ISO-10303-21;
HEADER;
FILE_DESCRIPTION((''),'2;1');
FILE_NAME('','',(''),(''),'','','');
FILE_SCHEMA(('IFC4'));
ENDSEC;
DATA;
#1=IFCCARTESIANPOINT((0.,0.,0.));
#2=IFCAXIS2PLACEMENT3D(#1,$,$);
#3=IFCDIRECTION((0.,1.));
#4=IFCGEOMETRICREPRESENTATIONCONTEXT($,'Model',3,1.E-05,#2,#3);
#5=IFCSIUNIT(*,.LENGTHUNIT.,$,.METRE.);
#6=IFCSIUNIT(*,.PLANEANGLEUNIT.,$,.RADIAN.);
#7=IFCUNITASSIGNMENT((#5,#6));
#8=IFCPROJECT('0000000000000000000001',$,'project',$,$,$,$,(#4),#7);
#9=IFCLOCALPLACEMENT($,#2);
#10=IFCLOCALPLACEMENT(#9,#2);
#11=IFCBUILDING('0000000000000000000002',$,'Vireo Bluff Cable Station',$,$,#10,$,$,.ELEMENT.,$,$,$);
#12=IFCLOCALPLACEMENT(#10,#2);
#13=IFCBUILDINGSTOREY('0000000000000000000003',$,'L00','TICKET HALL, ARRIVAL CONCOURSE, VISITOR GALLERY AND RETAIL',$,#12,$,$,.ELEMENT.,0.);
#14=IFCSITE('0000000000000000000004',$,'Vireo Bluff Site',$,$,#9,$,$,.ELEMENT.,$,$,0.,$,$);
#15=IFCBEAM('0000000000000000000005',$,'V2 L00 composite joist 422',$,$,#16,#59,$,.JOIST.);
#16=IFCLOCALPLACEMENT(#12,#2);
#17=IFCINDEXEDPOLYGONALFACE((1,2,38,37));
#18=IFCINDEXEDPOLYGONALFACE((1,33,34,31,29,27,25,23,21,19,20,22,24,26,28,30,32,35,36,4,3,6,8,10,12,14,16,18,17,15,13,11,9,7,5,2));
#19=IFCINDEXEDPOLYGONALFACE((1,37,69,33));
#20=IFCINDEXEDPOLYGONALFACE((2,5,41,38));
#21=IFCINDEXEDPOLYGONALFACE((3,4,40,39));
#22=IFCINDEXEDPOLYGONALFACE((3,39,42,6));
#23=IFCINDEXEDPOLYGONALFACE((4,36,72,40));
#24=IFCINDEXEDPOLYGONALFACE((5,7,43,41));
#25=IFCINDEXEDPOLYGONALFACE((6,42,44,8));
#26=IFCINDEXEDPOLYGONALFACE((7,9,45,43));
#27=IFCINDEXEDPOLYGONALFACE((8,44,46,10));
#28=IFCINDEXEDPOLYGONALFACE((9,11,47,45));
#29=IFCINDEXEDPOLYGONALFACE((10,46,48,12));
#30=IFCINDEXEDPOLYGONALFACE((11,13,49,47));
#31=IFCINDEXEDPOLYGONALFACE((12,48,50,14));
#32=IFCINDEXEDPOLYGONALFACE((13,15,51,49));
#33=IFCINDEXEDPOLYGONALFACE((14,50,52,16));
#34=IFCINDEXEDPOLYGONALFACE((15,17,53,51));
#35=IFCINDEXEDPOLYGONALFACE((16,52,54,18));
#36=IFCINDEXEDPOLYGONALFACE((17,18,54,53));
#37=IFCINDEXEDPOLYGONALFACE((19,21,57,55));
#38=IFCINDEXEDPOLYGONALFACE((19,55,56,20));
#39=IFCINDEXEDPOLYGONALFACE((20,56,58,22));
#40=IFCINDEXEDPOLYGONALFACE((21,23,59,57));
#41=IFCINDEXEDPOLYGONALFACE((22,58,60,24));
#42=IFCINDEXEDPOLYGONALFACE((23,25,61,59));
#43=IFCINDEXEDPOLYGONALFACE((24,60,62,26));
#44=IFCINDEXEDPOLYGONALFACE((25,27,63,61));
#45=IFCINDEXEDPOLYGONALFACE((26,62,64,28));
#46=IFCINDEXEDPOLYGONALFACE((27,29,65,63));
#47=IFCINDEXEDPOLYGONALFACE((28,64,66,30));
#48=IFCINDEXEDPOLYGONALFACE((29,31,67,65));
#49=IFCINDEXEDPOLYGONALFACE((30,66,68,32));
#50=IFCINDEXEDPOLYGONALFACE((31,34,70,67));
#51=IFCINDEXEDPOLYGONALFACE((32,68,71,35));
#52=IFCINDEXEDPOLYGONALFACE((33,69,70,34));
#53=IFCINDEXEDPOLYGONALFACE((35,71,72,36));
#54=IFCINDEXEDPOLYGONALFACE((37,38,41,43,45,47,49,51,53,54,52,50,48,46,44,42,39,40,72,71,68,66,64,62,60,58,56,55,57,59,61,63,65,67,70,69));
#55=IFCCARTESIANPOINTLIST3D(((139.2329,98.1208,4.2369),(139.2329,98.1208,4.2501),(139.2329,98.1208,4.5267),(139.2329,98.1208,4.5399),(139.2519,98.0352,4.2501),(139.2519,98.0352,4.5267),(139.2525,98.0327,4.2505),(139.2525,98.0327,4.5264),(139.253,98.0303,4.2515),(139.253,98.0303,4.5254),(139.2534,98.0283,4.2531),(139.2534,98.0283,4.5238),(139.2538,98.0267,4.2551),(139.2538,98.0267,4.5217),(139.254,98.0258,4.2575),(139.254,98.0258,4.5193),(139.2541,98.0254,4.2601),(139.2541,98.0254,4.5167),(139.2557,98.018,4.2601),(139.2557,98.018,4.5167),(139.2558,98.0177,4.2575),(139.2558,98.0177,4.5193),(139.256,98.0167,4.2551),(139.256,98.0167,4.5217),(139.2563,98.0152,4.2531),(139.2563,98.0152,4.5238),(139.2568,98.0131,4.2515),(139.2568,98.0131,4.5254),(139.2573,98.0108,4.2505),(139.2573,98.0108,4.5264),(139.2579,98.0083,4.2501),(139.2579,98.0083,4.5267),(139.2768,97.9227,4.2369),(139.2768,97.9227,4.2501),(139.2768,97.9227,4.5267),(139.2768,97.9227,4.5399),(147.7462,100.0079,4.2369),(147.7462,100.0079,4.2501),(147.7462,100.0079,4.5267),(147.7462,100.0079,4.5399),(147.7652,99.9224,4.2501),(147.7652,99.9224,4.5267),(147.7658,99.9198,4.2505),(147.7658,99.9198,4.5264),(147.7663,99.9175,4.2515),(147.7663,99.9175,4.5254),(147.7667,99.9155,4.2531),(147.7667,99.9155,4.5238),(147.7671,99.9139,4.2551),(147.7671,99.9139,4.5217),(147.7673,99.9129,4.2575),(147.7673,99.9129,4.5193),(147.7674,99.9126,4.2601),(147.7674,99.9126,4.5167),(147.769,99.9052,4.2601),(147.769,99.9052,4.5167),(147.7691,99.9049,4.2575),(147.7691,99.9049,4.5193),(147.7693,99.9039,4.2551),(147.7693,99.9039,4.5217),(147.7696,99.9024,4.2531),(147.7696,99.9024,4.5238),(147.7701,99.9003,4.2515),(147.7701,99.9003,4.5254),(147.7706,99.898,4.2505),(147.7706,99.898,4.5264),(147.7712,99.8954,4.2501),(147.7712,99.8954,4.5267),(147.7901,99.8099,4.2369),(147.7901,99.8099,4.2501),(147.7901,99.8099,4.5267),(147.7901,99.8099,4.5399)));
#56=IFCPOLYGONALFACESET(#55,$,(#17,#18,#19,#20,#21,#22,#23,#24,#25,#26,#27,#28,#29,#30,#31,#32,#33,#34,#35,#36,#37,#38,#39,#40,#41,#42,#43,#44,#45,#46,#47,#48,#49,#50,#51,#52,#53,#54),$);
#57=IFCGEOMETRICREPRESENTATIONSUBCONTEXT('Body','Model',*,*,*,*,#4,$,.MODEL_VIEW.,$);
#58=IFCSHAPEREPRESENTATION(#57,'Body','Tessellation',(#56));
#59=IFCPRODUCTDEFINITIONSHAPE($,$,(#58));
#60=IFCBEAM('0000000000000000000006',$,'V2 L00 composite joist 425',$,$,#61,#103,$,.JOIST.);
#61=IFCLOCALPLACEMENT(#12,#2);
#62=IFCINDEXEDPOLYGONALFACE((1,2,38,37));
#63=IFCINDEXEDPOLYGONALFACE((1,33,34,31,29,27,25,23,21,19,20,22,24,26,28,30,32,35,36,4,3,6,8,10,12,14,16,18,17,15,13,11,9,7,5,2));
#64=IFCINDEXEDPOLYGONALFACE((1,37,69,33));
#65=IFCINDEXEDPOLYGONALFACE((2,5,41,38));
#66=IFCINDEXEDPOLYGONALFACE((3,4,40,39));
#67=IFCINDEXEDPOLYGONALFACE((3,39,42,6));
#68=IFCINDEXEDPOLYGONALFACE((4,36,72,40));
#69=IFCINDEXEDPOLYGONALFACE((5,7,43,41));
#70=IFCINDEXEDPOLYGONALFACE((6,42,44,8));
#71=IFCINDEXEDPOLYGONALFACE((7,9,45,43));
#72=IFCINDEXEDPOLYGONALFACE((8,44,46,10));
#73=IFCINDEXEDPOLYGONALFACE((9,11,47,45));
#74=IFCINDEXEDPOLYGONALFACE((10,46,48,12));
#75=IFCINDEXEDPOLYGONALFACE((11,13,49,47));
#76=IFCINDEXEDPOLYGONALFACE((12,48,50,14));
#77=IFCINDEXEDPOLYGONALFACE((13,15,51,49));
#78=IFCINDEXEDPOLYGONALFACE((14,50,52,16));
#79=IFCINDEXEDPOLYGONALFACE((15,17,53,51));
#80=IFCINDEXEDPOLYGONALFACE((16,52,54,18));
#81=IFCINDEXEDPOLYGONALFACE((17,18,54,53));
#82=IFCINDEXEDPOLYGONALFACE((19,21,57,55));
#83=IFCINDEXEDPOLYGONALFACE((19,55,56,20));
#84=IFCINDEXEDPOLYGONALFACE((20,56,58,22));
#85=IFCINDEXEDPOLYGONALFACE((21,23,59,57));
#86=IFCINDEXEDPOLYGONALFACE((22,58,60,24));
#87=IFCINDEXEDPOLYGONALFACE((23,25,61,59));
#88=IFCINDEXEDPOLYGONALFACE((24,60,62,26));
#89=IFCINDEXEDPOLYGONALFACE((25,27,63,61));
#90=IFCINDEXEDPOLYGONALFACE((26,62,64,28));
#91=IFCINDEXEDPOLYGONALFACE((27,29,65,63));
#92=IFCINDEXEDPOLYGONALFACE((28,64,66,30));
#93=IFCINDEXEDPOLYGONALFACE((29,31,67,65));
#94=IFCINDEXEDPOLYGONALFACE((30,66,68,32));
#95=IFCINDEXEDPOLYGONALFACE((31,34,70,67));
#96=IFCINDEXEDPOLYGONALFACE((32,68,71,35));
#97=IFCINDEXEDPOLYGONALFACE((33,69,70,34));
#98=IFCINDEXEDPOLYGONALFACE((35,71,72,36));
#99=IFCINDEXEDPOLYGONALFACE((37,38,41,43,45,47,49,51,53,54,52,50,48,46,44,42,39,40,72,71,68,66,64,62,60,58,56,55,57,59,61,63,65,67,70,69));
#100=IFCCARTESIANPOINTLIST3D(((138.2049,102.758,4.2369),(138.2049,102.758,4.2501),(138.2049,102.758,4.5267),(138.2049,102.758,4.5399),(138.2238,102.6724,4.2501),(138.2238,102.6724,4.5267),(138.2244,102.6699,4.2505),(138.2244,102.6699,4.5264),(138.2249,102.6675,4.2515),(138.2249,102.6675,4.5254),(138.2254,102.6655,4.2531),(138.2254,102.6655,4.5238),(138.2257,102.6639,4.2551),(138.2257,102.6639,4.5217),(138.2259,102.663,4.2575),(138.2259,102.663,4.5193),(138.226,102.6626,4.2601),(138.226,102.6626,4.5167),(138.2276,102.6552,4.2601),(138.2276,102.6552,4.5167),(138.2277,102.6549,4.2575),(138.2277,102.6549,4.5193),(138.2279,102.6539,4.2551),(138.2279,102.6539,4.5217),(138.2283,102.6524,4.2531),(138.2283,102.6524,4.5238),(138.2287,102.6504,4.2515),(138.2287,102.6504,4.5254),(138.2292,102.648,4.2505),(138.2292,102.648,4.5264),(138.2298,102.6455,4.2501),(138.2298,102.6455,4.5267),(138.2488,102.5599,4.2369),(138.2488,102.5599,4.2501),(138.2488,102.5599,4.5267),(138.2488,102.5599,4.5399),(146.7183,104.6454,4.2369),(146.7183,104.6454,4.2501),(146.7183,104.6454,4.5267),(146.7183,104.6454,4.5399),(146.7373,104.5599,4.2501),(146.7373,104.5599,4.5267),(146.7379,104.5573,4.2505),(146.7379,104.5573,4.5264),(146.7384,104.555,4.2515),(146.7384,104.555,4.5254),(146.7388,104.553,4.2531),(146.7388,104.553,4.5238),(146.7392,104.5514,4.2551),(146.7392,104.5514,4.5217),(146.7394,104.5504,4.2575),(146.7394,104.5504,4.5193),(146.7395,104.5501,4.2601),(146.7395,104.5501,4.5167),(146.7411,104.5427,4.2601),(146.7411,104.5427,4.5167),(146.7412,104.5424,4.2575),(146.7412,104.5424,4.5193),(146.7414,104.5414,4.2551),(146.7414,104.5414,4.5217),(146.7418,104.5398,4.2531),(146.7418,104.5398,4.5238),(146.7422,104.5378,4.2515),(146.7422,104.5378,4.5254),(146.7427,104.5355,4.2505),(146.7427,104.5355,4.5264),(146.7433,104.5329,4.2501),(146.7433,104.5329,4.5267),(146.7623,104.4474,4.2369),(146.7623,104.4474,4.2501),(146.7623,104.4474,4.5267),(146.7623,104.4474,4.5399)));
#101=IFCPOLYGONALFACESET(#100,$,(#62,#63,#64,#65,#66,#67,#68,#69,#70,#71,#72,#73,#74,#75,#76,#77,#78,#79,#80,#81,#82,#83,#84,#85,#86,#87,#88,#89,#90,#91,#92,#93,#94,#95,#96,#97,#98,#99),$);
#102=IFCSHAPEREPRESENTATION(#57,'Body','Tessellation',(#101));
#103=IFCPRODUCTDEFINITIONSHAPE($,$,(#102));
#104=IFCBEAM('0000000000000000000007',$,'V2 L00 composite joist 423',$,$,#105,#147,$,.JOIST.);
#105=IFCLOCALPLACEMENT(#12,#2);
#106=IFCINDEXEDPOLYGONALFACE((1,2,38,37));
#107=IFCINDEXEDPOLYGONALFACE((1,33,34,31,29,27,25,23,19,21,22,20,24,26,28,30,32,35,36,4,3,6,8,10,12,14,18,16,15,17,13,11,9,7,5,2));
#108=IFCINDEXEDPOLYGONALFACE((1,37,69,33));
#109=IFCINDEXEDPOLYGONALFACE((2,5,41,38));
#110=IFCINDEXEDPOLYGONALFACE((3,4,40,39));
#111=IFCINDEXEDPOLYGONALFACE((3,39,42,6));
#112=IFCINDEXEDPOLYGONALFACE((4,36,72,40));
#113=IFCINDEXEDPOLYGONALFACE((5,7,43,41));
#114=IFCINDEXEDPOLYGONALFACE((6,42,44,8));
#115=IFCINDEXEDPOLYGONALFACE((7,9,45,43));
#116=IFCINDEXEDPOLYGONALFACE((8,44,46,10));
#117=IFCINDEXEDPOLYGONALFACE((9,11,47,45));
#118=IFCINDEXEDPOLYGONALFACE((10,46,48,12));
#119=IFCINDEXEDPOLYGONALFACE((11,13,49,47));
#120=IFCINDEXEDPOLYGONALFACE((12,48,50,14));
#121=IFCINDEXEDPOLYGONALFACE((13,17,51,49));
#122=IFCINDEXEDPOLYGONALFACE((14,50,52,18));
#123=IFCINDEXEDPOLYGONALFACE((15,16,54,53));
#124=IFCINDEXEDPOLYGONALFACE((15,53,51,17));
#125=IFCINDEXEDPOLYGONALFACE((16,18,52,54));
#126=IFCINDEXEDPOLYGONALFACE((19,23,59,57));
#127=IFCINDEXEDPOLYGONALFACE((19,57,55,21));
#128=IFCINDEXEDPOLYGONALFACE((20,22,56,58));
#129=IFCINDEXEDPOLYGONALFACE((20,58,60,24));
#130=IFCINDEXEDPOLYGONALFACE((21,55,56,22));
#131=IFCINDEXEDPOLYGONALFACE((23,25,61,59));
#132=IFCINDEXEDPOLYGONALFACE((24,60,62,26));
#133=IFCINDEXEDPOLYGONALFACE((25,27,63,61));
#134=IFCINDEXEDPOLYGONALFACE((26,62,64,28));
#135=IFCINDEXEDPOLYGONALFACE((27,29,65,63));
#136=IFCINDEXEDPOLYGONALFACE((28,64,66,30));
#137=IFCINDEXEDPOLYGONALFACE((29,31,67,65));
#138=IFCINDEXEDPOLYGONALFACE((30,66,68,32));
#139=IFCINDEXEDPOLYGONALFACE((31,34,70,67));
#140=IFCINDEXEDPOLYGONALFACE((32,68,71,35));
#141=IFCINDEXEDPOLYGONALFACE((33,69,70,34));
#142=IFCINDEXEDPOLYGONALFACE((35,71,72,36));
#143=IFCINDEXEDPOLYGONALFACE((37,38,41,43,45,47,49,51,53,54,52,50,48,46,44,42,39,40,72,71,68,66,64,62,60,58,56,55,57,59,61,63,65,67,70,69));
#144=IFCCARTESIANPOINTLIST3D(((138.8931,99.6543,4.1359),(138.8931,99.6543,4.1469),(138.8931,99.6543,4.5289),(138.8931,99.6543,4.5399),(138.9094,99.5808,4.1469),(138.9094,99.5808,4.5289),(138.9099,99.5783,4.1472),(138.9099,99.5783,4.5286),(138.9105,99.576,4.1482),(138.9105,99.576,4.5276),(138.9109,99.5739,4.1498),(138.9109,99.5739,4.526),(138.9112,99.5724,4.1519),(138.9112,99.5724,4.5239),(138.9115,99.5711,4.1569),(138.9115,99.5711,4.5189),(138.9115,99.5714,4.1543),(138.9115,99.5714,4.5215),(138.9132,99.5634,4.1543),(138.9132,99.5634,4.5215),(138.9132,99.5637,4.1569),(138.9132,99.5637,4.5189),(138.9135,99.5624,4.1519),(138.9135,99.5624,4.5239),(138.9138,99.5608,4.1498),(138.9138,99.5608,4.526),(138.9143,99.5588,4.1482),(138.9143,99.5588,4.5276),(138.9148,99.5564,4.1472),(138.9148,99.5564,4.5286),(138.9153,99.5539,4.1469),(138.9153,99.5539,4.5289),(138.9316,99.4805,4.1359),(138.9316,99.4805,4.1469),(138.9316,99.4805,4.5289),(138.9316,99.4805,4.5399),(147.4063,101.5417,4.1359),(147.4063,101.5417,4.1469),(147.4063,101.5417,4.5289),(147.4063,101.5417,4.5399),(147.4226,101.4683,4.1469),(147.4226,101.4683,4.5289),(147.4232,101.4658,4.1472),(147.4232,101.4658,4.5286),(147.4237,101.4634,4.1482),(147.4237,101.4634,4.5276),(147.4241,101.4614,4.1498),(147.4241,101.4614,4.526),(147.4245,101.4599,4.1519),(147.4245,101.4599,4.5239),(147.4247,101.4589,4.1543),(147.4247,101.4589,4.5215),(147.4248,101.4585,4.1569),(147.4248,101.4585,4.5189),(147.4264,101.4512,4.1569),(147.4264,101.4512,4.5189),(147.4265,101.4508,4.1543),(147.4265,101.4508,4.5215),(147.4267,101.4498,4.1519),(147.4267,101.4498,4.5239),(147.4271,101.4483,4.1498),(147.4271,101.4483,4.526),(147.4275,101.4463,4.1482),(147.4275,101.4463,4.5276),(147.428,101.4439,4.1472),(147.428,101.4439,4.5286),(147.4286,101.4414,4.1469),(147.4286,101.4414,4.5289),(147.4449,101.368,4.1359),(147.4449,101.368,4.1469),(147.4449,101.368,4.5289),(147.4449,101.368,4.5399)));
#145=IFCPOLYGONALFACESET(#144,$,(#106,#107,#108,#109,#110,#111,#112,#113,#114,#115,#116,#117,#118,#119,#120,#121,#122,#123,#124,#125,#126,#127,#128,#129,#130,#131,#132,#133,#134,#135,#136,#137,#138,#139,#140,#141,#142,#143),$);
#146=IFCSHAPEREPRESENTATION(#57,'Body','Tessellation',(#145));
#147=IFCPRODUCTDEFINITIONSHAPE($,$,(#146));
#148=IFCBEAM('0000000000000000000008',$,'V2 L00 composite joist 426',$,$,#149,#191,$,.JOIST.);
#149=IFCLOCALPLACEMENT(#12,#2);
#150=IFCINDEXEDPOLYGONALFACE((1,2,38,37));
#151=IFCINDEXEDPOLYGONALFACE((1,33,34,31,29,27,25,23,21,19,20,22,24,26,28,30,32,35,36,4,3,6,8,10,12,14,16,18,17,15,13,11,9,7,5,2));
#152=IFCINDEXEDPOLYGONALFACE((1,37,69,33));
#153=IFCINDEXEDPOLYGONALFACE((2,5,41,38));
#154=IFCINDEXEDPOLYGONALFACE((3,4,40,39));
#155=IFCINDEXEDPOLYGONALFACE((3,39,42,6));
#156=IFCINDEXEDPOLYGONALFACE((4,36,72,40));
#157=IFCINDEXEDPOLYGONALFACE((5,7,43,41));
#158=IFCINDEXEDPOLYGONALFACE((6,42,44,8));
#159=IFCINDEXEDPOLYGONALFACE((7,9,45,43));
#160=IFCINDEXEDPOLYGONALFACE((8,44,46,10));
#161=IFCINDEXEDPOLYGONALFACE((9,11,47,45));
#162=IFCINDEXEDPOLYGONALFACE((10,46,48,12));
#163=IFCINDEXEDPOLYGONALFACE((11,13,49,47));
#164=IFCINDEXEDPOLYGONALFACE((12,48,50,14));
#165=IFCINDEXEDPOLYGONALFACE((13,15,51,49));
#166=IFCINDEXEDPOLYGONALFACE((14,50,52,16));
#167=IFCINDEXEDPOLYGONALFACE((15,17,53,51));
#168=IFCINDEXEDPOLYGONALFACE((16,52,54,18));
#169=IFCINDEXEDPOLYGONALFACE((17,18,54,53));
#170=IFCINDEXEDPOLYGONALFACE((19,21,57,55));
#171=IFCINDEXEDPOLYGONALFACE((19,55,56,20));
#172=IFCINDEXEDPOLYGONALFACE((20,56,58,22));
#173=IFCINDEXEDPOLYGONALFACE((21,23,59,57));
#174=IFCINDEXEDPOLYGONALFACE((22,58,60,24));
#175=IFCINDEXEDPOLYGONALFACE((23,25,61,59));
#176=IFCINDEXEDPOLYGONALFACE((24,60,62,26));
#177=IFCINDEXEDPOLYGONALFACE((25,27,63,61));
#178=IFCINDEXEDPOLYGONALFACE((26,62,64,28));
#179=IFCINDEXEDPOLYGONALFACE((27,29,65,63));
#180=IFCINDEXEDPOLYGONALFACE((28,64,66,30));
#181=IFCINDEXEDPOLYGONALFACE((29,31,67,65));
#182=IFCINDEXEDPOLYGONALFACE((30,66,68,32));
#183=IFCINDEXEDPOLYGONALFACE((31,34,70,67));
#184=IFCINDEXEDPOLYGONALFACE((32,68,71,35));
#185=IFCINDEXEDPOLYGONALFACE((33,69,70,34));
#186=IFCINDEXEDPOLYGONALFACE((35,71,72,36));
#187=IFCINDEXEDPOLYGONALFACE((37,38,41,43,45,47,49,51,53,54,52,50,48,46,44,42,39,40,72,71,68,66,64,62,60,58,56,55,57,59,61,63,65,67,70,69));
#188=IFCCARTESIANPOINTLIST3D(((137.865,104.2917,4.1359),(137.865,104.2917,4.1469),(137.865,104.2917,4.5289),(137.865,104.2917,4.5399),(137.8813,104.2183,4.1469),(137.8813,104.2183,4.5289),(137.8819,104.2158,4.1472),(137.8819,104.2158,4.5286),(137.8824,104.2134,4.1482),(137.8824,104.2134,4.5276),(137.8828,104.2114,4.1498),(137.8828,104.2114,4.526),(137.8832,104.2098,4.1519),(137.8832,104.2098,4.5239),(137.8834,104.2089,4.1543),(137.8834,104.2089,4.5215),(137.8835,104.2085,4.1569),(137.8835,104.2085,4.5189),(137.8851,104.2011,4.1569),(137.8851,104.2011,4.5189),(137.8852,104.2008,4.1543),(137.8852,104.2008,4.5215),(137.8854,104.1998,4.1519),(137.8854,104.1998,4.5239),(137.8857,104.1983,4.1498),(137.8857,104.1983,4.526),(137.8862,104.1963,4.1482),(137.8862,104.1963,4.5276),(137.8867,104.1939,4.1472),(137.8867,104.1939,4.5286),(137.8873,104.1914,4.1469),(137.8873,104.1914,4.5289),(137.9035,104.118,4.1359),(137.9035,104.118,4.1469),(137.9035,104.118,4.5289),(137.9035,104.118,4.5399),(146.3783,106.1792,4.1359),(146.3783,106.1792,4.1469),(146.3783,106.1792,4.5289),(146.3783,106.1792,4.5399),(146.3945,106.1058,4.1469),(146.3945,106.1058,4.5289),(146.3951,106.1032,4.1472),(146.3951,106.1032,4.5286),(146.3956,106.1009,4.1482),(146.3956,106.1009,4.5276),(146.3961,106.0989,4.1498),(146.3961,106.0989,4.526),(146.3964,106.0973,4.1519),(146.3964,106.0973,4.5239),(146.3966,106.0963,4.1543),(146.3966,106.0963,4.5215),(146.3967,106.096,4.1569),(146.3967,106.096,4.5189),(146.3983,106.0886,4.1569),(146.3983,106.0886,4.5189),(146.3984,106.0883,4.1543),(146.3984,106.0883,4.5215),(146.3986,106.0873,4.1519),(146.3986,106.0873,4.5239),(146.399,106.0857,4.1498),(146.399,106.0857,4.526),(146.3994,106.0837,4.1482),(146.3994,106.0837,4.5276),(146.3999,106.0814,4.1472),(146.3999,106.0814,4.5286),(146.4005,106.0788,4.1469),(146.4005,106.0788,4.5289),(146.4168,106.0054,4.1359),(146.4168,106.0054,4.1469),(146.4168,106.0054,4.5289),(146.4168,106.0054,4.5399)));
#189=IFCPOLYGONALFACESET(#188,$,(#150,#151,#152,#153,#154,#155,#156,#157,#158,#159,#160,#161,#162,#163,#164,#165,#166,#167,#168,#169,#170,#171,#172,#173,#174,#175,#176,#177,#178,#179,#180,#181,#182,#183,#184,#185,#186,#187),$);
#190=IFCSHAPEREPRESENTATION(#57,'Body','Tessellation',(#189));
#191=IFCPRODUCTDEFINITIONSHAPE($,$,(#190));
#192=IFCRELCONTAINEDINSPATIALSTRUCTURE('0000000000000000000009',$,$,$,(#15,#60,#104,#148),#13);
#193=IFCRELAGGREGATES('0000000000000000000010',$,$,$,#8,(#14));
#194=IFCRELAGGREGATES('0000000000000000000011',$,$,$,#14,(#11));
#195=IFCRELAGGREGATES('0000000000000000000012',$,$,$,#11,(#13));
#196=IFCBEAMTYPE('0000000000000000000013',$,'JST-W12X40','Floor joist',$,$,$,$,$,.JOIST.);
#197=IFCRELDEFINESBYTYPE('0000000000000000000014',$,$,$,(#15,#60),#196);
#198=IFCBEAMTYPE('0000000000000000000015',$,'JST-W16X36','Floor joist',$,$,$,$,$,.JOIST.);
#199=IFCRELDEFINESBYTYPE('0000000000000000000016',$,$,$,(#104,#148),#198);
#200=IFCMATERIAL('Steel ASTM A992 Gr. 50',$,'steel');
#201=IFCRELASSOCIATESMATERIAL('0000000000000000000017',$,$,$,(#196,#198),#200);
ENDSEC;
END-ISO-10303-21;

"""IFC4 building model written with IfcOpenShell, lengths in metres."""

from ifc_helpers import new_model, si_unit, direction, frame, origin, origin_2d, place, context, subcontext, project, spatial, i_section, extrude, material, material_profile, profile_set, type_object, element, save


model = new_model("IFC4")

# Units and contexts
model_context = context("Model", 3, precision=1e-05, world=origin(), true_north=direction((0.0, 1.0)))
body_context = subcontext(model_context, "Body", "Model", "MODEL_VIEW")
ifc_project = project(units=[si_unit("LENGTHUNIT", "METRE"), si_unit("PLANEANGLEUNIT", "RADIAN")], contexts=[model_context])

# Site, building, storey
site_placement = place(None, origin())
site = spatial("IfcSite", under=ifc_project, at=site_placement, Name="Vireo Bluff Site", CompositionType="ELEMENT", RefElevation=0.0)
building_placement = place(site_placement, origin())
building = spatial("IfcBuilding", under=site, at=building_placement, Name="Vireo Bluff Cable Station", CompositionType="ELEMENT")
storey_placement = place(building_placement, origin())
storey = spatial("IfcBuildingStorey", under=building, at=storey_placement, Name="L00", Description="TICKET HALL, ARRIVAL CONCOURSE, VISITOR GALLERY AND RETAIL", CompositionType="ELEMENT", Elevation=0.0)

# Shared definitions
ifc_material_1 = material(Name="Steel ASTM A992 Gr. 50", Category="steel")

# Beams
ifc_material_profile_1 = material_profile(ifc_material_1, i_section(OverallWidth=0.2029, OverallDepth=0.303, WebThickness=0.0076, FlangeThickness=0.0132, FilletRadius=0.01, at=origin_2d()), Name="W12X40")
ifc_profile_set_1 = profile_set([ifc_material_profile_1], Name="Steel ASTM A992 Gr. 50")
beam_type_1 = type_object("IfcBeamType", Name="JST-W12X40", Description="Floor joist", PredefinedType="JOIST", material=ifc_profile_set_1)
beam_1_placement = place(storey_placement, frame((139.2549, 98.0217, 4.3884), z_axis=(0.9763, 0.216421, 0.0), x_axis=(-0.216421, 0.9763, 0.0)))
element("IfcBeam", 1, at=beam_1_placement, inside=storey, type_object=beam_type_1, Name="V2 L00 composite joist 422", PredefinedType="JOIST", context=body_context, shape_type="SweptSolid", body=[
    extrude(i_section(OverallWidth=0.2029, OverallDepth=0.303, WebThickness=0.0076, FlangeThickness=0.0132, FilletRadius=0.01, at=origin_2d()), origin(), (0.0, 0.0, 1.0), 8.72),
])
beam_2_placement = place(storey_placement, frame((138.2268, 102.6589, 4.3884), z_axis=(0.976294, 0.216447, 0.0), x_axis=(-0.216447, 0.976294, 0.0)))
element("IfcBeam", 2, at=beam_2_placement, inside=storey, type_object=beam_type_1, Name="V2 L00 composite joist 425", PredefinedType="JOIST", context=body_context, shape_type="SweptSolid", body=[
    extrude(i_section(OverallWidth=0.2029, OverallDepth=0.303, WebThickness=0.0076, FlangeThickness=0.0132, FilletRadius=0.01, at=origin_2d()), origin(), (0.0, 0.0, 1.0), 8.7202),
])
ifc_material_profile_2 = material_profile(ifc_material_1, i_section(OverallWidth=0.178, OverallDepth=0.4041, WebThickness=0.0076, FlangeThickness=0.011, FilletRadius=0.01, at=origin_2d()), Name="W16X36")
ifc_profile_set_2 = profile_set([ifc_material_profile_2], Name="Steel ASTM A992 Gr. 50")
beam_type_2 = type_object("IfcBeamType", Name="JST-W16X36", Description="Floor joist", PredefinedType="JOIST", material=ifc_profile_set_2)
for number, where, z_axis, x_axis, name in (
    (3, (138.9124, 99.5674, 4.3379), (0.976293, 0.216453, 0.0), (-0.216453, 0.976293, 0.0), "V2 L00 composite joist 423"),
    (4, (137.8843, 104.2048, 4.3379), (0.976293, 0.216453, 0.0), (-0.216453, 0.976293, 0.0), "V2 L00 composite joist 426"),
):
    element("IfcBeam", number, at=place(storey_placement, frame(where, z_axis=z_axis, x_axis=x_axis)), inside=storey, type_object=beam_type_2, Name=name, PredefinedType="JOIST", context=body_context, shape_type="SweptSolid", body=[
        extrude(i_section(OverallWidth=0.178, OverallDepth=0.4041, WebThickness=0.0076, FlangeThickness=0.011, FilletRadius=0.01, at=origin_2d()), origin(), (0.0, 0.0, 1.0), 8.72),
    ])

save(model, "model.ifc")
